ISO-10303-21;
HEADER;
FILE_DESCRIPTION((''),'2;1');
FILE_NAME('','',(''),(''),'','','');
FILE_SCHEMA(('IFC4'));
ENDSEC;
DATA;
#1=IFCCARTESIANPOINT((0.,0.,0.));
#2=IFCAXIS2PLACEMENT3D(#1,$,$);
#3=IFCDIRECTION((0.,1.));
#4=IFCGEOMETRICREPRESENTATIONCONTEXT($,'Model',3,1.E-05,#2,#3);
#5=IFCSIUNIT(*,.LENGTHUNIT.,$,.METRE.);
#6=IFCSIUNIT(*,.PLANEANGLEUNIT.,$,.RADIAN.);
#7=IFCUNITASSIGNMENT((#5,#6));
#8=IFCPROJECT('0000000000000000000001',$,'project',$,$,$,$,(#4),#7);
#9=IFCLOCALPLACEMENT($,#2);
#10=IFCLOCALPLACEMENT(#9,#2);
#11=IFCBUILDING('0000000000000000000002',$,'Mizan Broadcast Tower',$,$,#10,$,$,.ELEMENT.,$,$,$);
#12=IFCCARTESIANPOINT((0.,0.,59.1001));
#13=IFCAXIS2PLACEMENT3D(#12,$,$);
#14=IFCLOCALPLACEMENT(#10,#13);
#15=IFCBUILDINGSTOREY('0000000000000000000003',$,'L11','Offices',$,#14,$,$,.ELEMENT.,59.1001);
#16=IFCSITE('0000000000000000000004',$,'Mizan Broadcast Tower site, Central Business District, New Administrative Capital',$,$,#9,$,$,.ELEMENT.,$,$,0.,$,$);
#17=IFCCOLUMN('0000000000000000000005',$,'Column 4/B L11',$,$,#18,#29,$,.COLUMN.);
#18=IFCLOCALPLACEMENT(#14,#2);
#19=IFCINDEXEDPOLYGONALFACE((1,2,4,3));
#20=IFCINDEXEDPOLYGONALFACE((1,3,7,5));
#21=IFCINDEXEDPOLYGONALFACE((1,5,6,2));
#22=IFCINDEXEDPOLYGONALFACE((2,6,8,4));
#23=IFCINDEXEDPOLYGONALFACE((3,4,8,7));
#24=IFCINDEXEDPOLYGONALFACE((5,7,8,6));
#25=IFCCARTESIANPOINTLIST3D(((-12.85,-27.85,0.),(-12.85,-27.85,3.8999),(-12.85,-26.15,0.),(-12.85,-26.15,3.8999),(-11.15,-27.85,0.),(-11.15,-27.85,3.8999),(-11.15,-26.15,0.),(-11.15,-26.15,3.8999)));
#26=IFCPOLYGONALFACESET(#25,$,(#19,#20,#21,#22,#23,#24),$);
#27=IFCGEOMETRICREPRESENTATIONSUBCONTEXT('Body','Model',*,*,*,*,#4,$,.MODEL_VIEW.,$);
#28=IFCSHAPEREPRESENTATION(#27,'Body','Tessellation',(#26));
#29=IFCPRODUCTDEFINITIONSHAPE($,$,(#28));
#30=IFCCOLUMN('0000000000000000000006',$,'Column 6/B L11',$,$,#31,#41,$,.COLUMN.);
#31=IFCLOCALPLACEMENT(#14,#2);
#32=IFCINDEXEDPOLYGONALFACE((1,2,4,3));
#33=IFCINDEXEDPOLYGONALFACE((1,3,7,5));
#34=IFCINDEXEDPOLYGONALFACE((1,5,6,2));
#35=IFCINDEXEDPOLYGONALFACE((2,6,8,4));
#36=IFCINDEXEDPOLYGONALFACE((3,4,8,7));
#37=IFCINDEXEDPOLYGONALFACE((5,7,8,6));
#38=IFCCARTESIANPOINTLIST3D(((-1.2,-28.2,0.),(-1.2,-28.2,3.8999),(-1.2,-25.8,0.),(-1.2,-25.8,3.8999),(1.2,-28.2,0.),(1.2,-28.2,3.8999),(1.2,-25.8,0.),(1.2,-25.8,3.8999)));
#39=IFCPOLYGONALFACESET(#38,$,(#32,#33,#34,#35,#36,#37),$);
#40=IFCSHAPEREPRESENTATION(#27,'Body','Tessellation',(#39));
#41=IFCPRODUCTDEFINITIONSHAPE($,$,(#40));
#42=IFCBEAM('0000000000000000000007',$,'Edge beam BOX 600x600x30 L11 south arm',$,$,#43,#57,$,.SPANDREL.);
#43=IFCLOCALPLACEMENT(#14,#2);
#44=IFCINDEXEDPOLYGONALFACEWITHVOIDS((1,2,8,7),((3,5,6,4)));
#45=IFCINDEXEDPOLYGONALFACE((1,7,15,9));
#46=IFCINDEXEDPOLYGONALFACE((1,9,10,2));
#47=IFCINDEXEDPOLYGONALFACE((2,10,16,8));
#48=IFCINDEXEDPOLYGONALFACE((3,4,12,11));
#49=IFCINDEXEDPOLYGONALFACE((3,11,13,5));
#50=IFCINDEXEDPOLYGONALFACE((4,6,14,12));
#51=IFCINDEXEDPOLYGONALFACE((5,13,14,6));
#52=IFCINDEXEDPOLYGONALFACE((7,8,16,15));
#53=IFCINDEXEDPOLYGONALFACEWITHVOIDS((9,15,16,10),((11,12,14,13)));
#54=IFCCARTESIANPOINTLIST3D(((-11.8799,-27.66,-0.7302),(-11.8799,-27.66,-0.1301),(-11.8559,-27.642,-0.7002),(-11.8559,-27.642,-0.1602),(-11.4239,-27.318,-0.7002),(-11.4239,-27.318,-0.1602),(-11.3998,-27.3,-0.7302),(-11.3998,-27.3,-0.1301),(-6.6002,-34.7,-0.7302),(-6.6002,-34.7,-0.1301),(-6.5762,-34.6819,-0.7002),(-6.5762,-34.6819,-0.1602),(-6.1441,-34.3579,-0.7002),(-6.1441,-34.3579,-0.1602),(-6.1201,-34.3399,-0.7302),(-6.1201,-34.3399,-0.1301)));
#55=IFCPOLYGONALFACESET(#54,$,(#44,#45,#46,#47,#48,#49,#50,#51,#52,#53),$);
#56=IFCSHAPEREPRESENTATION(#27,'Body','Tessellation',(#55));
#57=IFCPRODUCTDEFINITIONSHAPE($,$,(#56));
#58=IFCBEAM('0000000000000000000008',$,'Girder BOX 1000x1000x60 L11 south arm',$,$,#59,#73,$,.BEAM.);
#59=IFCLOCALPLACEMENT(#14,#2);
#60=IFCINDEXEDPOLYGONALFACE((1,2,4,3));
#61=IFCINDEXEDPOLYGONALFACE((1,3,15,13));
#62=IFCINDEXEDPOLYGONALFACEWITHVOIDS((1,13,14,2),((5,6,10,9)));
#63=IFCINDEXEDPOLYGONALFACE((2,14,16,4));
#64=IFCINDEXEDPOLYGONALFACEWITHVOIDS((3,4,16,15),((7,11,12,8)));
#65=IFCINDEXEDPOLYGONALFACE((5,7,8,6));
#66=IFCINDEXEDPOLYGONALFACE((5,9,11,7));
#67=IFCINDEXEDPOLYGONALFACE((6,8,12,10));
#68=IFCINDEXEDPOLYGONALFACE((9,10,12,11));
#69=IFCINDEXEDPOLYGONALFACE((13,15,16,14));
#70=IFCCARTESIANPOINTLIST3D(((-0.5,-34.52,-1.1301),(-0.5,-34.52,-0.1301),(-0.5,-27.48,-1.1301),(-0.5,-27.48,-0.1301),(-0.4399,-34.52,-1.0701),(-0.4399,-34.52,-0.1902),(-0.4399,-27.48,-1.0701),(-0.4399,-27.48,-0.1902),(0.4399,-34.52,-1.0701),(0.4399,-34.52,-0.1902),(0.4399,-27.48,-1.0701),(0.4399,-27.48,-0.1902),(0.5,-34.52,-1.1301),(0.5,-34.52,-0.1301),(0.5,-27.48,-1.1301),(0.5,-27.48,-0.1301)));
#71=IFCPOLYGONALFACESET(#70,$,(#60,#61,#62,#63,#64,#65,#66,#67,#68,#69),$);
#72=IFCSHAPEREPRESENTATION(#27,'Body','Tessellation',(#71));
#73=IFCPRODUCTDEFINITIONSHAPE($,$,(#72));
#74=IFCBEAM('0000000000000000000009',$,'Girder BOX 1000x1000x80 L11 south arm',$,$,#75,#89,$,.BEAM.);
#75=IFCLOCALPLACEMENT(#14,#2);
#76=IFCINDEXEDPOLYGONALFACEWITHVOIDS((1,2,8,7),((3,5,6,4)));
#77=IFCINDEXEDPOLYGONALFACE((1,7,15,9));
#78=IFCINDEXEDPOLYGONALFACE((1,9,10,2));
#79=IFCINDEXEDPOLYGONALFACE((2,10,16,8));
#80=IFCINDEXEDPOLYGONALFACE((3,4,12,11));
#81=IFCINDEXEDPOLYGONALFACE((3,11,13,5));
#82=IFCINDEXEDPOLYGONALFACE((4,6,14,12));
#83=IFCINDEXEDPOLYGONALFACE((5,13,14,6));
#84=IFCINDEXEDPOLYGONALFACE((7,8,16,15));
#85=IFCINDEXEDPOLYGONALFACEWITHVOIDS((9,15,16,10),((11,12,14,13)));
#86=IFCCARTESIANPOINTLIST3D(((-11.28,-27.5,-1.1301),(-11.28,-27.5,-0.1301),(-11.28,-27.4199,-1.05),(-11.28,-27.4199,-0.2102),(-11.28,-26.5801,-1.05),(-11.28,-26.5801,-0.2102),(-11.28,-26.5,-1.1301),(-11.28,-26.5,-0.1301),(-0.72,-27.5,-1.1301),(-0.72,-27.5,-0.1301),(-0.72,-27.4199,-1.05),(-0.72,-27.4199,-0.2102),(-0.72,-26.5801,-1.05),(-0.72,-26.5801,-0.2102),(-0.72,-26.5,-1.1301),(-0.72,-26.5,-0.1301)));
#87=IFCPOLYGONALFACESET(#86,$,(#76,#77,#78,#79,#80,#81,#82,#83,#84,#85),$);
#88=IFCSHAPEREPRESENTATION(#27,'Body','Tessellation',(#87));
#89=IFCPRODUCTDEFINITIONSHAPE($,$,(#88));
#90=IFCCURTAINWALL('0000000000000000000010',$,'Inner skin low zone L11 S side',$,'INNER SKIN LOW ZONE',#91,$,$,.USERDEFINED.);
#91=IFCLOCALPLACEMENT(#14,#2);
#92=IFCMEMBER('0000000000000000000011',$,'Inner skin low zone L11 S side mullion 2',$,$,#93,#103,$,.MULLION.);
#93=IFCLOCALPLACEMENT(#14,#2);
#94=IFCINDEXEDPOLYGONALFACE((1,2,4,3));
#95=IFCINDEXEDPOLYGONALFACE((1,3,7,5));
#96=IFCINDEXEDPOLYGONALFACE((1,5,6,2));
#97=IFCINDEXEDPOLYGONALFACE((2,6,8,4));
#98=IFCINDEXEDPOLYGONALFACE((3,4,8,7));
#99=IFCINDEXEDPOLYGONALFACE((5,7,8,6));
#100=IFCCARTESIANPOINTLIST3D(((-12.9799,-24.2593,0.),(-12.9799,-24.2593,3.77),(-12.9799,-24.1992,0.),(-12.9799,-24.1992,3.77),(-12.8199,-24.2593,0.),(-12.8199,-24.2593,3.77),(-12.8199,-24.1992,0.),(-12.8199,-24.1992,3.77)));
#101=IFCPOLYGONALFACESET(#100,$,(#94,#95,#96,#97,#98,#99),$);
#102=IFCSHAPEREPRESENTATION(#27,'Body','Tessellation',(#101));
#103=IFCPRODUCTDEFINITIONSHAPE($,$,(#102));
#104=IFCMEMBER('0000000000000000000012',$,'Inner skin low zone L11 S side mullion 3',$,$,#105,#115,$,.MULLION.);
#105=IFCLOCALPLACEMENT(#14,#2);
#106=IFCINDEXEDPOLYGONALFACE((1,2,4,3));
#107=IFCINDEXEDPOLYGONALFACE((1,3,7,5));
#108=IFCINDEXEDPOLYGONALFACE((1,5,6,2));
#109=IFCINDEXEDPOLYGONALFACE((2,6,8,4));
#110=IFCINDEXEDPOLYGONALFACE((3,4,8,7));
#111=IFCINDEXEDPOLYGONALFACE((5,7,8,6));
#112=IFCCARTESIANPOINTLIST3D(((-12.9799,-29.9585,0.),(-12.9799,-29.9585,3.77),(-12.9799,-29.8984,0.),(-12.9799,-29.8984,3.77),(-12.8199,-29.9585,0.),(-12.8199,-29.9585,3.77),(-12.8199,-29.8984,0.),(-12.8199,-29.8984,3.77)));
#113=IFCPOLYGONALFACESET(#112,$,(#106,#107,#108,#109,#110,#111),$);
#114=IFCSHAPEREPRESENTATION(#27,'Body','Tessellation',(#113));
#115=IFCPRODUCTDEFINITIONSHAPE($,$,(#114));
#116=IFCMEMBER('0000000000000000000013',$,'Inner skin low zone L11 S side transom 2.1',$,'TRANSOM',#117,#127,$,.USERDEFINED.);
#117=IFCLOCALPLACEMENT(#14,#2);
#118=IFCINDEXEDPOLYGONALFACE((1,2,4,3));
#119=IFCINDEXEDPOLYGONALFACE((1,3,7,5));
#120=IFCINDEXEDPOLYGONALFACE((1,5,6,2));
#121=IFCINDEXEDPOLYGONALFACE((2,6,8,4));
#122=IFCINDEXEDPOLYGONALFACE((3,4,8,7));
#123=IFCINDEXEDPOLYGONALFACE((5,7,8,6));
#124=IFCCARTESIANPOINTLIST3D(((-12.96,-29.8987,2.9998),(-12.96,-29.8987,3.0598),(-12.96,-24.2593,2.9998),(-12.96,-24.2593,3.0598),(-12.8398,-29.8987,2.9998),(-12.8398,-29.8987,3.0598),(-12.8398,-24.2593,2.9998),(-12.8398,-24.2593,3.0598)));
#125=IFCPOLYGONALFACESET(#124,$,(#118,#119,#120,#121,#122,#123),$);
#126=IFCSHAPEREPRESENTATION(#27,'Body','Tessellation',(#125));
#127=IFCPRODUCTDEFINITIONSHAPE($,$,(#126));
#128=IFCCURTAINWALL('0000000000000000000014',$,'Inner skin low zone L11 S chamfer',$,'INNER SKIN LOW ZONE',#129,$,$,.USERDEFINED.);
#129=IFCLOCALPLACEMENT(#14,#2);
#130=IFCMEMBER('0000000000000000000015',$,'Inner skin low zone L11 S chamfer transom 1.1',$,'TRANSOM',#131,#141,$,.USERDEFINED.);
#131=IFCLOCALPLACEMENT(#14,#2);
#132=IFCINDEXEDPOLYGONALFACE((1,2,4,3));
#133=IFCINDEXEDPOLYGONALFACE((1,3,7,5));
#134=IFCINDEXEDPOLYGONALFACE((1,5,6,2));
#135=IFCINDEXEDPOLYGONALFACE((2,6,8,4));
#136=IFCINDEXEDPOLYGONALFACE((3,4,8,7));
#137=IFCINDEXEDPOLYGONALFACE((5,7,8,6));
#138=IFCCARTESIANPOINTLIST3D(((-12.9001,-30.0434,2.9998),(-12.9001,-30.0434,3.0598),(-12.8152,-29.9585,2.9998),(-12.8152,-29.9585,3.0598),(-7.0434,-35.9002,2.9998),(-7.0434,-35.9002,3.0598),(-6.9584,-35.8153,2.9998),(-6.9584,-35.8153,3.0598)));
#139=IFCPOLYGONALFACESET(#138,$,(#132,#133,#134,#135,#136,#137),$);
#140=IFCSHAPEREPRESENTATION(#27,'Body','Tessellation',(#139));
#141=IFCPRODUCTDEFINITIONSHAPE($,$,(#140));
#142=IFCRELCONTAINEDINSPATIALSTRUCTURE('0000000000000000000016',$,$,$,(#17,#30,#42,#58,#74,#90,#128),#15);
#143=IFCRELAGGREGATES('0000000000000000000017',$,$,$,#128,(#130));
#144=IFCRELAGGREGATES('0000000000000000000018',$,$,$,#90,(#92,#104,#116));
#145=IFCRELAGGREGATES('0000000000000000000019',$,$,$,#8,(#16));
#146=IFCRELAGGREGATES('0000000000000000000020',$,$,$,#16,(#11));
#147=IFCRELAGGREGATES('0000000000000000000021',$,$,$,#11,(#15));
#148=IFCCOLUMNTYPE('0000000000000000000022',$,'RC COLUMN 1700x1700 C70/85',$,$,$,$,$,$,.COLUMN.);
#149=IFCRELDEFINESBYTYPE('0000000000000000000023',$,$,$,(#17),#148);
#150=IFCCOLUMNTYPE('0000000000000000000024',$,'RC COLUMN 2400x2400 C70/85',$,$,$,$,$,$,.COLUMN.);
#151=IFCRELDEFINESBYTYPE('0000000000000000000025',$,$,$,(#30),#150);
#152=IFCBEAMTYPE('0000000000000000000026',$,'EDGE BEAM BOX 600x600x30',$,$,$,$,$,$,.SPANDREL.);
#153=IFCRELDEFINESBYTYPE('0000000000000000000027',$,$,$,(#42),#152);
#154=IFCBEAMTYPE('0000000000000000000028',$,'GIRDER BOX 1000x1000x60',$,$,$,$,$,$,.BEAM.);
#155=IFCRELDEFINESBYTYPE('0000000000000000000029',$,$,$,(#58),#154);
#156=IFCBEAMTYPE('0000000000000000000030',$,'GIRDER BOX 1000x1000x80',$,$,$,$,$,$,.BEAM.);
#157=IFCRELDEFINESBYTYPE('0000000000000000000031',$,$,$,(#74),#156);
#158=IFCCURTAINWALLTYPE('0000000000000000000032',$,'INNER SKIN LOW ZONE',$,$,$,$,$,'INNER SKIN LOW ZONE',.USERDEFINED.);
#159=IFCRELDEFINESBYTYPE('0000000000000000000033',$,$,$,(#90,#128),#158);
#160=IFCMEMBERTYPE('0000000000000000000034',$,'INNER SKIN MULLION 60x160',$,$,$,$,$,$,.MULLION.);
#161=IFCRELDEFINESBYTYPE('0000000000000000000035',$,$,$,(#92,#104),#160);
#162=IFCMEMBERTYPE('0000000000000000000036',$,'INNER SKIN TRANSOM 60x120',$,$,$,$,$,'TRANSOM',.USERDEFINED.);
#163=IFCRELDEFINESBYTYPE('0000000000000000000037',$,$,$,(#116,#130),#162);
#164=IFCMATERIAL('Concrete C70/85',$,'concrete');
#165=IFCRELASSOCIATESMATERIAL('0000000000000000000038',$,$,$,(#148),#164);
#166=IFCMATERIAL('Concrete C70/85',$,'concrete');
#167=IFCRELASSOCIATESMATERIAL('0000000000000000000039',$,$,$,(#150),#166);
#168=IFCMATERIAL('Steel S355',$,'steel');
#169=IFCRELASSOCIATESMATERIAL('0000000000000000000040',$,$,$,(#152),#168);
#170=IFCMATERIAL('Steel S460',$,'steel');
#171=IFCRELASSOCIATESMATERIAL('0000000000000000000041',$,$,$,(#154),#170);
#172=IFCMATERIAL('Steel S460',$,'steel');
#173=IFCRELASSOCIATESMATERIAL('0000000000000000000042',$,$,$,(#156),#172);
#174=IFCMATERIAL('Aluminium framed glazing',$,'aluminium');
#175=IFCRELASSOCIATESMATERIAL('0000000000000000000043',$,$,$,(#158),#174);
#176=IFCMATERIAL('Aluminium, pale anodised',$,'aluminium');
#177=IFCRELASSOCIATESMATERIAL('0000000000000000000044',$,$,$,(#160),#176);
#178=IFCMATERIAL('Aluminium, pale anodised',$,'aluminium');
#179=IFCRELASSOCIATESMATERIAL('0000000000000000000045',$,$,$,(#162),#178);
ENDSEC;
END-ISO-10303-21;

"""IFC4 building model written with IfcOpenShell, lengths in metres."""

from ifc_helpers import new_model, si_unit, direction, frame, origin, origin_2d, place, context, subcontext, project, spatial, rectangle, hollow_rectangle, extrude, material, material_profile, profile_set, type_object, element, aggregate, save


model = new_model("IFC4")

# Units and contexts
model_context = context("Model", 3, precision=1e-05, world=origin(), true_north=direction((0.0, 1.0)))
body_context = subcontext(model_context, "Body", "Model", "MODEL_VIEW")
ifc_project = project(units=[si_unit("LENGTHUNIT", "METRE"), si_unit("PLANEANGLEUNIT", "RADIAN")], contexts=[model_context])

# Site, building, storey
site_placement = place(None, origin())
site = spatial("IfcSite", under=ifc_project, at=site_placement, Name="Mizan Broadcast Tower site, Central Business District, New Administrative Capital", CompositionType="ELEMENT", RefElevation=0.0)
building_placement = place(site_placement, origin())
building = spatial("IfcBuilding", under=site, at=building_placement, Name="Mizan Broadcast Tower", CompositionType="ELEMENT")
storey_placement = place(building_placement, frame((0.0, 0.0, 59.1001)))
storey = spatial("IfcBuildingStorey", under=building, at=storey_placement, Name="L11", Description="Offices", CompositionType="ELEMENT", Elevation=59.1001)

# Columns
ifc_material_1 = material(Name="Concrete C70/85", Category="concrete")
ifc_material_profile_1 = material_profile(ifc_material_1, rectangle(XDim=1.7, YDim=1.7, at=origin_2d()), Name="RC 1700x1700")
ifc_profile_set_1 = profile_set([ifc_material_profile_1], Name="Concrete C70/85")
column_type_1 = type_object("IfcColumnType", Name="RC COLUMN 1700x1700 C70/85", PredefinedType="COLUMN", material=ifc_profile_set_1)
column_1_placement = place(storey_placement, frame((-12.0, -27.0, 0.0), z_axis=(0.0, 0.0, 1.0), x_axis=(1.0, 0.0, 0.0)))
element("IfcColumn", 1, at=column_1_placement, inside=storey, type_object=column_type_1, Name="Column 4/B L11", PredefinedType="COLUMN", context=body_context, shape_type="SweptSolid", body=[
    extrude(rectangle(XDim=1.7, YDim=1.7, at=origin_2d()), origin(), (0.0, 0.0, 1.0), 3.8999),
])
ifc_material_2 = material(Name="Concrete C70/85", Category="concrete")
ifc_material_profile_2 = material_profile(ifc_material_2, rectangle(XDim=2.3999, YDim=2.3999, at=origin_2d()), Name="RC 2400x2400")
ifc_profile_set_2 = profile_set([ifc_material_profile_2], Name="Concrete C70/85")
column_type_2 = type_object("IfcColumnType", Name="RC COLUMN 2400x2400 C70/85", PredefinedType="COLUMN", material=ifc_profile_set_2)
column_2_placement = place(storey_placement, frame((0.0, -27.0, 0.0), z_axis=(0.0, 0.0, 1.0), x_axis=(1.0, 0.0, 0.0)))
element("IfcColumn", 2, at=column_2_placement, inside=storey, type_object=column_type_2, Name="Column 6/B L11", PredefinedType="COLUMN", context=body_context, shape_type="SweptSolid", body=[
    extrude(rectangle(XDim=2.3999, YDim=2.3999, at=origin_2d()), origin(), (0.0, 0.0, 1.0), 3.8999),
])

# Beams
ifc_material_3 = material(Name="Steel S355", Category="steel")
ifc_material_profile_3 = material_profile(ifc_material_3, hollow_rectangle(XDim=0.6001, YDim=0.6001, WallThickness=0.03, at=origin_2d()), Name="BOX 600x600x30")
ifc_profile_set_3 = profile_set([ifc_material_profile_3], Name="Steel S355")
beam_type_1 = type_object("IfcBeamType", Name="EDGE BEAM BOX 600x600x30", PredefinedType="SPANDREL", material=ifc_profile_set_3)
beam_1_placement = place(storey_placement, frame((-11.6399, -27.48, -0.4302), z_axis=(0.599982, -0.800013, 0.0), x_axis=(0.800013, 0.599982, 0.0)))
element("IfcBeam", 3, at=beam_1_placement, inside=storey, type_object=beam_type_1, Name="Edge beam BOX 600x600x30 L11 south arm", PredefinedType="SPANDREL", context=body_context, shape_type="SweptSolid", body=[
    extrude(hollow_rectangle(XDim=0.6001, YDim=0.6001, WallThickness=0.03, at=origin_2d()), origin(), (0.0, 0.0, 1.0), 8.7998),
])
ifc_material_4 = material(Name="Steel S460", Category="steel")
ifc_material_profile_4 = material_profile(ifc_material_4, hollow_rectangle(XDim=1.0, YDim=1.0, WallThickness=0.0601, at=origin_2d()), Name="BOX 1000x1000x60")
ifc_profile_set_4 = profile_set([ifc_material_profile_4], Name="Steel S460")
beam_type_2 = type_object("IfcBeamType", Name="GIRDER BOX 1000x1000x60", PredefinedType="BEAM", material=ifc_profile_set_4)
beam_2_placement = place(storey_placement, frame((0.0, -27.48, -0.6301), z_axis=(0.0, -1.0, 0.0), x_axis=(1.0, 0.0, 0.0)))
element("IfcBeam", 4, at=beam_2_placement, inside=storey, type_object=beam_type_2, Name="Girder BOX 1000x1000x60 L11 south arm", PredefinedType="BEAM", context=body_context, shape_type="SweptSolid", body=[
    extrude(hollow_rectangle(XDim=1.0, YDim=1.0, WallThickness=0.0601, at=origin_2d()), origin(), (0.0, 0.0, 1.0), 7.04),
])
ifc_material_5 = material(Name="Steel S460", Category="steel")
ifc_material_profile_5 = material_profile(ifc_material_5, hollow_rectangle(XDim=1.0, YDim=1.0, WallThickness=0.0801, at=origin_2d()), Name="BOX 1000x1000x80")
ifc_profile_set_5 = profile_set([ifc_material_profile_5], Name="Steel S460")
beam_type_3 = type_object("IfcBeamType", Name="GIRDER BOX 1000x1000x80", PredefinedType="BEAM", material=ifc_profile_set_5)
beam_3_placement = place(storey_placement, frame((-11.28, -27.0, -0.6301), z_axis=(1.0, 0.0, 0.0), x_axis=(0.0, 1.0, 0.0)))
element("IfcBeam", 5, at=beam_3_placement, inside=storey, type_object=beam_type_3, Name="Girder BOX 1000x1000x80 L11 south arm", PredefinedType="BEAM", context=body_context, shape_type="SweptSolid", body=[
    extrude(hollow_rectangle(XDim=1.0, YDim=1.0, WallThickness=0.0801, at=origin_2d()), origin(), (0.0, 0.0, 1.0), 10.5601),
])

# Curtain wall, members
ifc_material_6 = material(Name="Aluminium framed glazing", Category="aluminium")
curtain_wall_type_1 = type_object("IfcCurtainWallType", Name="INNER SKIN LOW ZONE", ElementType="INNER SKIN LOW ZONE", PredefinedType="USERDEFINED", material=ifc_material_6)
curtain_wall_1_placement = place(storey_placement, origin())
curtain_wall_1 = element("IfcCurtainWall", 6, at=curtain_wall_1_placement, inside=storey, type_object=curtain_wall_type_1, Name="Inner skin low zone L11 S side", ObjectType="INNER SKIN LOW ZONE", PredefinedType="USERDEFINED")
ifc_material_7 = material(Name="Aluminium, pale anodised", Category="aluminium")
ifc_material_profile_6 = material_profile(ifc_material_7, rectangle(XDim=0.1599, YDim=0.0601, at=origin_2d()), Name="MULLION 160x60")
ifc_profile_set_6 = profile_set([ifc_material_profile_6], Name="Aluminium, pale anodised")
member_type_1 = type_object("IfcMemberType", Name="INNER SKIN MULLION 60x160", PredefinedType="MULLION", material=ifc_profile_set_6)
member_1_placement = place(storey_placement, frame((-12.8999, -24.2292, 0.0), z_axis=(0.0, 0.0, 1.0), x_axis=(1.0, 0.0, 0.0)))
member_1 = element("IfcMember", 7, at=member_1_placement, type_object=member_type_1, Name="Inner skin low zone L11 S side mullion 2", PredefinedType="MULLION", context=body_context, shape_type="SweptSolid", body=[
    extrude(rectangle(XDim=0.1599, YDim=0.0601, at=origin_2d()), origin(), (0.0, 0.0, 1.0), 3.77),
])
member_2_placement = place(storey_placement, frame((-12.8999, -29.9285, 0.0), z_axis=(0.0, 0.0, 1.0), x_axis=(1.0, 0.0, 0.0)))
member_2 = element("IfcMember", 8, at=member_2_placement, type_object=member_type_1, Name="Inner skin low zone L11 S side mullion 3", PredefinedType="MULLION", context=body_context, shape_type="SweptSolid", body=[
    extrude(rectangle(XDim=0.1599, YDim=0.0601, at=origin_2d()), origin(), (0.0, 0.0, 1.0), 3.77),
])
ifc_material_8 = material(Name="Aluminium, pale anodised", Category="aluminium")
ifc_material_profile_7 = material_profile(ifc_material_8, rectangle(XDim=0.1201, YDim=0.0601, at=origin_2d()), Name="TRANSOM 120x60")
ifc_profile_set_7 = profile_set([ifc_material_profile_7], Name="Aluminium, pale anodised")
member_type_2 = type_object("IfcMemberType", Name="INNER SKIN TRANSOM 60x120", ElementType="TRANSOM", PredefinedType="USERDEFINED", material=ifc_profile_set_7)
member_3_placement = place(storey_placement, frame((-12.8999, -24.2593, 3.0298), z_axis=(0.0, -1.0, 0.0), x_axis=(1.0, 0.0, 0.0)))
member_3 = element("IfcMember", 9, at=member_3_placement, type_object=member_type_2, Name="Inner skin low zone L11 S side transom 2.1", ObjectType="TRANSOM", PredefinedType="USERDEFINED", context=body_context, shape_type="SweptSolid", body=[
    extrude(rectangle(XDim=0.1201, YDim=0.0601, at=origin_2d()), origin(), (0.0, 0.0, 1.0), 5.6394),
])

# Curtain wall, member
curtain_wall_2_placement = place(storey_placement, origin())
curtain_wall_2 = element("IfcCurtainWall", 10, at=curtain_wall_2_placement, inside=storey, type_object=curtain_wall_type_1, Name="Inner skin low zone L11 S chamfer", ObjectType="INNER SKIN LOW ZONE", PredefinedType="USERDEFINED")
member_4_placement = place(storey_placement, frame((-12.8577, -30.001, 3.0298), z_axis=(0.707107, -0.707107, 0.0), x_axis=(0.707107, 0.707107, 0.0)))
member_4 = element("IfcMember", 11, at=member_4_placement, type_object=member_type_2, Name="Inner skin low zone L11 S chamfer transom 1.1", ObjectType="TRANSOM", PredefinedType="USERDEFINED", context=body_context, shape_type="SweptSolid", body=[
    extrude(rectangle(XDim=0.1201, YDim=0.0601, at=origin_2d()), origin(), (0.0, 0.0, 1.0), 8.2827),
])
aggregate(curtain_wall_2, [member_4])

aggregate(curtain_wall_1, [member_1, member_2, member_3])

save(model, "model.ifc")
